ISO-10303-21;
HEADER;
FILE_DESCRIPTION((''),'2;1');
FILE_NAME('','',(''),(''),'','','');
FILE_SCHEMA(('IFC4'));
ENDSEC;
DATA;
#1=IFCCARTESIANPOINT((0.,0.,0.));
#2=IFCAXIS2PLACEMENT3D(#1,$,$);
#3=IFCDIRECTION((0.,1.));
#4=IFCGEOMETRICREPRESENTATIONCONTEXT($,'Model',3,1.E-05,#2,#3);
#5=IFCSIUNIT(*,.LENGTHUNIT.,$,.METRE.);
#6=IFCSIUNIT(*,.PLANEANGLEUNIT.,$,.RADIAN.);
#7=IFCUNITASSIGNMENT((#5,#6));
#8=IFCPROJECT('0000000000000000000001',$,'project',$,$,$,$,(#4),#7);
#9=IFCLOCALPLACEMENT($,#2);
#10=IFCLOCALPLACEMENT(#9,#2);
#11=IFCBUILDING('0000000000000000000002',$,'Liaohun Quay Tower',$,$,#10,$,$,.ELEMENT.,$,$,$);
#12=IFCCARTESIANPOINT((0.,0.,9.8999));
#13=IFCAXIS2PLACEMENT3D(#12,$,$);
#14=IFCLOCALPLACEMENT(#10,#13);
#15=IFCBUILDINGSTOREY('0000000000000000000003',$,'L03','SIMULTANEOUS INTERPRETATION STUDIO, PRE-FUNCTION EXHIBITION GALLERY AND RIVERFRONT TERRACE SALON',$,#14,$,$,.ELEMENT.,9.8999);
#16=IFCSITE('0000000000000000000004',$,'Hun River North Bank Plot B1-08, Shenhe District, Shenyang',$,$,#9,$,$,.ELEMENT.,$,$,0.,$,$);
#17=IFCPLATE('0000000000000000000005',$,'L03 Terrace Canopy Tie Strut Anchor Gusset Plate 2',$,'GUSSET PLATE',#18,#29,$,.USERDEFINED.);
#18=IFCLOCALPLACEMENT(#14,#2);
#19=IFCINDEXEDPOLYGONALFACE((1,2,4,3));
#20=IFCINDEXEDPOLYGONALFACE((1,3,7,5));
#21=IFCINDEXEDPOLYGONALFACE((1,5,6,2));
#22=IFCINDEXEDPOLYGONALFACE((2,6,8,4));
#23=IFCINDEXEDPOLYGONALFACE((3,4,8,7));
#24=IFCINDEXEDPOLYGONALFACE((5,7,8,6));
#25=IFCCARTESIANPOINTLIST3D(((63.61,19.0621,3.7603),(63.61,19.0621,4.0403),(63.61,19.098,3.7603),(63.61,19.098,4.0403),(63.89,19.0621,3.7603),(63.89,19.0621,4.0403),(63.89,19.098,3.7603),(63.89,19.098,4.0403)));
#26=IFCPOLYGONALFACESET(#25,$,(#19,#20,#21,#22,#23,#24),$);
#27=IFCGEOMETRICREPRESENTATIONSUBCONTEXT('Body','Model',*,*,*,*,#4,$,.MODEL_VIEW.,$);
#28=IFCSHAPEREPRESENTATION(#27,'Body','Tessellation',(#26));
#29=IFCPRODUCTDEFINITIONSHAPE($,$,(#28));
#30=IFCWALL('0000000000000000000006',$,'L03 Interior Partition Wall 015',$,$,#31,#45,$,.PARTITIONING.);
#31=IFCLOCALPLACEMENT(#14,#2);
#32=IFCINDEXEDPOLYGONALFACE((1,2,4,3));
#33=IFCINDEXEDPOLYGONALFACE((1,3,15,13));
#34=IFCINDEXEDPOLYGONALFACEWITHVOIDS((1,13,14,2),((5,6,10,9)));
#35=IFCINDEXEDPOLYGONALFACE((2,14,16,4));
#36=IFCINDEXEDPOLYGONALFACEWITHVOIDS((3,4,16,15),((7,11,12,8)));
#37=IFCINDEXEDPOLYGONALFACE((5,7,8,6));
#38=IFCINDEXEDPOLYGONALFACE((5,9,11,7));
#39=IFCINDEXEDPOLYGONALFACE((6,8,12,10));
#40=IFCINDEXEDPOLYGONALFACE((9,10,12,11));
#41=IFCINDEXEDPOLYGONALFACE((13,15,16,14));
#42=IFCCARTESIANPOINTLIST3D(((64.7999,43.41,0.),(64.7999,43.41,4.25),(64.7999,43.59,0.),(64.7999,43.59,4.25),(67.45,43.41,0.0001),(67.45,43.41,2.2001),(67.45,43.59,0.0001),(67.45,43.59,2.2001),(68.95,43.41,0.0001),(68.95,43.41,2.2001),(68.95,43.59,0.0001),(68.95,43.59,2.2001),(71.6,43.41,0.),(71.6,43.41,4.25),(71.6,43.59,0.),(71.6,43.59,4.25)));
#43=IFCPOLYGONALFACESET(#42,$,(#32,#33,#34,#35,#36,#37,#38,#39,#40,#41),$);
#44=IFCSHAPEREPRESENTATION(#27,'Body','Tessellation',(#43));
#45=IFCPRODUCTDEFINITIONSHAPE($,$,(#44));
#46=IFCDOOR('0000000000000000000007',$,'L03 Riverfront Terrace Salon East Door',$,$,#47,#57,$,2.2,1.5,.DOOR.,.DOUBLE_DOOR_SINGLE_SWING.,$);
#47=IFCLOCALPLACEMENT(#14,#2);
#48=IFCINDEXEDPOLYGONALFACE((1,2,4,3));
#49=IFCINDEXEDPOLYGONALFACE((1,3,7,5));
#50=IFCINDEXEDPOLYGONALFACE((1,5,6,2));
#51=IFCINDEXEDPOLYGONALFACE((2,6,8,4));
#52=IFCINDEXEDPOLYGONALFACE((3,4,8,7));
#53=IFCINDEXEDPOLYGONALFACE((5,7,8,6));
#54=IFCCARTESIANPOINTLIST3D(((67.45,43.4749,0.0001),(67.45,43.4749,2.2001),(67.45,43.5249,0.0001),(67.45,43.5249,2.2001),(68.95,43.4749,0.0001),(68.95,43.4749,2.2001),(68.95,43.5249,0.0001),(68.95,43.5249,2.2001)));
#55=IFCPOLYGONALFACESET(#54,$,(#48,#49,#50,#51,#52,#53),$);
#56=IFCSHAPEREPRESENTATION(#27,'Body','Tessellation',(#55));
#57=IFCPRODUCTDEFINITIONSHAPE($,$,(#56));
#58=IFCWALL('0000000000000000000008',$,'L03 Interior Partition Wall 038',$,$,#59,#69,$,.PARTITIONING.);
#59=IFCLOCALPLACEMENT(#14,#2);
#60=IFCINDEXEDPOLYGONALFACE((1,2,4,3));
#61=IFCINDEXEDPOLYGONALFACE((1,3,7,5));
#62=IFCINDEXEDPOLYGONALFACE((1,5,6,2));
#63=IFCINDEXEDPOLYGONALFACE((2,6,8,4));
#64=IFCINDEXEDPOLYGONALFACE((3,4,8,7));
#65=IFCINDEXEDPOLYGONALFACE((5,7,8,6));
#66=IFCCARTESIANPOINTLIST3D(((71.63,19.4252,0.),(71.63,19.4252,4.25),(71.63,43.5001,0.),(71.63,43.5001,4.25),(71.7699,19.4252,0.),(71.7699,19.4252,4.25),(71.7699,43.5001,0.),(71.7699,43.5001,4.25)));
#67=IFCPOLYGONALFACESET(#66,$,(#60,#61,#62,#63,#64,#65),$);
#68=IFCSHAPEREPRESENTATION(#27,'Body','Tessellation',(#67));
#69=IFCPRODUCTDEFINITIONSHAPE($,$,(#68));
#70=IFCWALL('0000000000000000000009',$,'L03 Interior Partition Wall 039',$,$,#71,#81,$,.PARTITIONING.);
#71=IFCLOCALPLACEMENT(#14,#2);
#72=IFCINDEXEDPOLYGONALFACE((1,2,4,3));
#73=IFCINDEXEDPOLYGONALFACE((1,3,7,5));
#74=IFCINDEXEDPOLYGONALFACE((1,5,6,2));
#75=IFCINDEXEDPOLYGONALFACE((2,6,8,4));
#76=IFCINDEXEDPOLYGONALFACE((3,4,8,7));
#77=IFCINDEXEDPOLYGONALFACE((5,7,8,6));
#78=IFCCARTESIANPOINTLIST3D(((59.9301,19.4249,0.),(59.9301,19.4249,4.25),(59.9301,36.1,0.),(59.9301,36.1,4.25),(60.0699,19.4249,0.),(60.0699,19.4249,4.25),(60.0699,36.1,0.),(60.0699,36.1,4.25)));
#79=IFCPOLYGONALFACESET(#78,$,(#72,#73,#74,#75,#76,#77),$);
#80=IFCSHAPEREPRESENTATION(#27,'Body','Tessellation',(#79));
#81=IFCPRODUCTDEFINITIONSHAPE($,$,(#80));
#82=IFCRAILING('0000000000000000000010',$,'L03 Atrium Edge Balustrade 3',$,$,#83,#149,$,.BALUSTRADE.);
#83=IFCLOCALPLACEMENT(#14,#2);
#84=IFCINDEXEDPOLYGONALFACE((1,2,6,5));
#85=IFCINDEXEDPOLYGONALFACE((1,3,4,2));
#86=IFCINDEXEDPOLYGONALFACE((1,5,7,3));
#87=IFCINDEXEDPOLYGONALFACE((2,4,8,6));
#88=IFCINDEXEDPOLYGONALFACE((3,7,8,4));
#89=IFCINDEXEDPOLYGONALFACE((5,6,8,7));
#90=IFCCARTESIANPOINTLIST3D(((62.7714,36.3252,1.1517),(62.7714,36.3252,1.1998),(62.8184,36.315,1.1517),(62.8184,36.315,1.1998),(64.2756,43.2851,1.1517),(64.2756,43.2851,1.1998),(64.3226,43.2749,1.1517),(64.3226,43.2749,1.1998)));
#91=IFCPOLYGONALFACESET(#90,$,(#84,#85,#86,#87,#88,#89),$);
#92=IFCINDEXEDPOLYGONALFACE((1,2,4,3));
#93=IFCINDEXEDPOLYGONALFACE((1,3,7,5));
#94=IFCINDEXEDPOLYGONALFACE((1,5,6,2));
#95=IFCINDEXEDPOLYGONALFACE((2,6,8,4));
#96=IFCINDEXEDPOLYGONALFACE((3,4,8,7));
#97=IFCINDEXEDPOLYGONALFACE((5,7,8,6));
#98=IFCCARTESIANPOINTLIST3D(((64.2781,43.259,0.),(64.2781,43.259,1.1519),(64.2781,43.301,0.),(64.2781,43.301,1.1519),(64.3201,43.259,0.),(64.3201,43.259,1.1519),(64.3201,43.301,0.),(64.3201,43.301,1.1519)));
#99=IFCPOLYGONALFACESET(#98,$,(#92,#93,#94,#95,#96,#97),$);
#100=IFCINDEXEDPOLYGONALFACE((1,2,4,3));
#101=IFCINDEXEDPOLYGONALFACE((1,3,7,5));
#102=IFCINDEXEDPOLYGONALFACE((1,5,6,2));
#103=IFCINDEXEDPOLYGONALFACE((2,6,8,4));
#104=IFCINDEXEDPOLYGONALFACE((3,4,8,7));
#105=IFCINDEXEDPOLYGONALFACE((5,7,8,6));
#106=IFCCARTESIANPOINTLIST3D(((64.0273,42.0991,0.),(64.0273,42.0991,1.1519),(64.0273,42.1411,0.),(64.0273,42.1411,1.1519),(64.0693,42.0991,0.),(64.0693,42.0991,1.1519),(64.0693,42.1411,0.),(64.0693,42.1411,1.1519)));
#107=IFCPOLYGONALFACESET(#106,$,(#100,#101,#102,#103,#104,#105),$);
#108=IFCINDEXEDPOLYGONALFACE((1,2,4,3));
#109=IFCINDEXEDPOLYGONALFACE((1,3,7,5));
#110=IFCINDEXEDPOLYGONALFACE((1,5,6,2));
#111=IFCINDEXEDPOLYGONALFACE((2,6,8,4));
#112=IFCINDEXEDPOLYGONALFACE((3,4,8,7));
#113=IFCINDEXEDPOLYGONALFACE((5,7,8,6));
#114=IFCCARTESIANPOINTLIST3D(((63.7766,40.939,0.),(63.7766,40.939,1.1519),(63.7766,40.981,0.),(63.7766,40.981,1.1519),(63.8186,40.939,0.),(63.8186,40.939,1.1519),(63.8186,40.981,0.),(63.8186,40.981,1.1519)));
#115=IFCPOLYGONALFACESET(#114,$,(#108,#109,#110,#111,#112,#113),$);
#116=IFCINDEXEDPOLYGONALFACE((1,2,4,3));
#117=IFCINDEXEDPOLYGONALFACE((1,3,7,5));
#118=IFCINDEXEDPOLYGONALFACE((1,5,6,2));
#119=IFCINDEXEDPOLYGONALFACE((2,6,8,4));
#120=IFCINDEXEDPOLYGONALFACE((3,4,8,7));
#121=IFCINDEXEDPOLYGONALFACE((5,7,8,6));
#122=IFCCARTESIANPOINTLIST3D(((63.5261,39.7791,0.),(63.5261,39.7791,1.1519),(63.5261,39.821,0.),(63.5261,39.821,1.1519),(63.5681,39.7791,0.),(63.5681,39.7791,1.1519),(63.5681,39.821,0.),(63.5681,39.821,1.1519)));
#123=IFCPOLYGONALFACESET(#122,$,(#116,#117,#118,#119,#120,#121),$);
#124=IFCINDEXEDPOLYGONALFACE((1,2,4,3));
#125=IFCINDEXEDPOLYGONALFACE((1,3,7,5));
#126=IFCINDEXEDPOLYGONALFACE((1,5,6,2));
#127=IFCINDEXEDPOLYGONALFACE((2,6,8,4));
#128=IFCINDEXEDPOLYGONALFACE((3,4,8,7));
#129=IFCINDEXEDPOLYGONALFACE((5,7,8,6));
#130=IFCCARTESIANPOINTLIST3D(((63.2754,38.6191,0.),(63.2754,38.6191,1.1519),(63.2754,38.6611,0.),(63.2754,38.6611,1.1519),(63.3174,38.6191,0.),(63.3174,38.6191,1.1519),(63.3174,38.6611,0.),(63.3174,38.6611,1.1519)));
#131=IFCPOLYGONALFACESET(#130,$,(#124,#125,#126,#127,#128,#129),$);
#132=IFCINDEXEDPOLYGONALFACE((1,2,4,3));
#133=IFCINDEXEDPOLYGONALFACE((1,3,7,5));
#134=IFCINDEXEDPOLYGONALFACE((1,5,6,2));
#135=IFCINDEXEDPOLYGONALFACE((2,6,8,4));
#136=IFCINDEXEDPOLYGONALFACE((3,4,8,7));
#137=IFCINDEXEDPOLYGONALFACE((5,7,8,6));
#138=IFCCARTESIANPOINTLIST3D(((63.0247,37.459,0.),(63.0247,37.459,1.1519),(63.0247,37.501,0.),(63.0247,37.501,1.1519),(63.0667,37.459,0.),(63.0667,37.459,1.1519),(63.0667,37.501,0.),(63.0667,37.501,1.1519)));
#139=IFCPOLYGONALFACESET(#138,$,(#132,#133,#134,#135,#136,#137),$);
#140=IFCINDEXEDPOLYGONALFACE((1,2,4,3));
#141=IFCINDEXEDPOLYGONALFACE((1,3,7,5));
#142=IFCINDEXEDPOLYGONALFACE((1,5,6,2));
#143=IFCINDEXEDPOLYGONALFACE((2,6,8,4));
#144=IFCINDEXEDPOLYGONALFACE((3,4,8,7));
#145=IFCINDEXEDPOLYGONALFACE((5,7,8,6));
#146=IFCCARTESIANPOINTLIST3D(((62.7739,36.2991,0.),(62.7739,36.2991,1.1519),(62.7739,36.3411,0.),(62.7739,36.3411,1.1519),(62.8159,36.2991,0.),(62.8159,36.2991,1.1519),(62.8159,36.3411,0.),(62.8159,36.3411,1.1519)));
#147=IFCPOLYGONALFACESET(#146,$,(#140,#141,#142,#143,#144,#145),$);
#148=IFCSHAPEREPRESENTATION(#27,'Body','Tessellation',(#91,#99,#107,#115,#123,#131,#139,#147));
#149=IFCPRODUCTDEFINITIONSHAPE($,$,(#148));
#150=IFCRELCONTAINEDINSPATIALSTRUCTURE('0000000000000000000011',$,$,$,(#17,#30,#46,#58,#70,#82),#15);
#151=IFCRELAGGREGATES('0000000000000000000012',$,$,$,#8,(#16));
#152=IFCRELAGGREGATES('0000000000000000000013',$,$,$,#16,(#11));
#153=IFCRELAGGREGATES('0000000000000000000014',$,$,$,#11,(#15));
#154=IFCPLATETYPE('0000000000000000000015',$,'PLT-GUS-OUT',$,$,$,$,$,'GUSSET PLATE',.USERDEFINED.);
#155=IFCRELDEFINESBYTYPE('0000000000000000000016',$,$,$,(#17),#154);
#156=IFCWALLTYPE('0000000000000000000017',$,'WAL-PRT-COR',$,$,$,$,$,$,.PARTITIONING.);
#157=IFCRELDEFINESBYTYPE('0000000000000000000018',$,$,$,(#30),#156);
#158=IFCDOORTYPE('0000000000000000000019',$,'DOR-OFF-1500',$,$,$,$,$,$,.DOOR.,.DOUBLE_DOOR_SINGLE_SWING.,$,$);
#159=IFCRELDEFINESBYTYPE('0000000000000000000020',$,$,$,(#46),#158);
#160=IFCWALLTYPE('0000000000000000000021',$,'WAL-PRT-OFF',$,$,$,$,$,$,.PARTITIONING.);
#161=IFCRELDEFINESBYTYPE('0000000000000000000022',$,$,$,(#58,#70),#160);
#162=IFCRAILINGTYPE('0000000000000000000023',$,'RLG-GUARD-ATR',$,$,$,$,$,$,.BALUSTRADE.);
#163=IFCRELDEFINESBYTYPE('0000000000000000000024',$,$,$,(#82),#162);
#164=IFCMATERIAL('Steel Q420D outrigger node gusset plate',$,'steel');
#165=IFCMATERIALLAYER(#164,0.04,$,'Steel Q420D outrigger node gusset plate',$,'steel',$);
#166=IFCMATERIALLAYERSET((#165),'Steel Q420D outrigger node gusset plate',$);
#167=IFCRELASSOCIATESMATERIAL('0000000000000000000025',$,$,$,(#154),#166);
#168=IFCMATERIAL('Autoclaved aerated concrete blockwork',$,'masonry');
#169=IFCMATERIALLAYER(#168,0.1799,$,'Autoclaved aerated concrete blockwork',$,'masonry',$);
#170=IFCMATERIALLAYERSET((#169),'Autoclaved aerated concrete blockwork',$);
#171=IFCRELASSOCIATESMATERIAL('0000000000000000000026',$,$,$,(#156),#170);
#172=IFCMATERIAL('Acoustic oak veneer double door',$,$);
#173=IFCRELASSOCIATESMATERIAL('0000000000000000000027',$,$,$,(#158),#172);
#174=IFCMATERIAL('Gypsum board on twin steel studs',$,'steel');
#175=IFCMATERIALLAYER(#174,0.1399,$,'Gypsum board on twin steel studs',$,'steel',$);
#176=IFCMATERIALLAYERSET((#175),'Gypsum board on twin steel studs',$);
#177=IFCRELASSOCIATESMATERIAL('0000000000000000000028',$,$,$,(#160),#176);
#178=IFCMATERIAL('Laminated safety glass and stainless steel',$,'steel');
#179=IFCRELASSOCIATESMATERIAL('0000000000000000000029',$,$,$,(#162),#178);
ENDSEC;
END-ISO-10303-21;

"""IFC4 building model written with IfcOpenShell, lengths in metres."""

from ifc_helpers import new_model, si_unit, direction, frame, frame_2d, origin, origin_2d, place, context, subcontext, project, spatial, rectangle, extrude, source, transform, mapped, material, layer, layer_set, type_object, element, fill, save


model = new_model("IFC4")

# Units and contexts
model_context = context("Model", 3, precision=1e-05, world=origin(), true_north=direction((0.0, 1.0)))
body_context = subcontext(model_context, "Body", "Model", "MODEL_VIEW")
ifc_project = project(units=[si_unit("LENGTHUNIT", "METRE"), si_unit("PLANEANGLEUNIT", "RADIAN")], contexts=[model_context])

# Site, building, storey
site_placement = place(None, origin())
site = spatial("IfcSite", under=ifc_project, at=site_placement, Name="Hun River North Bank Plot B1-08, Shenhe District, Shenyang", CompositionType="ELEMENT", RefElevation=0.0)
building_placement = place(site_placement, origin())
building = spatial("IfcBuilding", under=site, at=building_placement, Name="Liaohun Quay Tower", CompositionType="ELEMENT")
storey_placement = place(building_placement, frame((0.0, 0.0, 9.8999)))
storey = spatial("IfcBuildingStorey", under=building, at=storey_placement, Name="L03", Description="SIMULTANEOUS INTERPRETATION STUDIO, PRE-FUNCTION EXHIBITION GALLERY AND RIVERFRONT TERRACE SALON", CompositionType="ELEMENT", Elevation=9.8999)

# Plate
ifc_material_1 = material(Name="Steel Q420D outrigger node gusset plate", Category="steel")
ifc_layer_1 = layer(ifc_material_1, 0.04, Name="Steel Q420D outrigger node gusset plate", Category="steel")
ifc_layer_set_1 = layer_set([ifc_layer_1], Name="Steel Q420D outrigger node gusset plate")
plate_type = type_object("IfcPlateType", Name="PLT-GUS-OUT", ElementType="GUSSET PLATE", PredefinedType="USERDEFINED", material=ifc_layer_set_1)
shared_shape_1 = source(origin(), body_context, "Body", "SweptSolid", [
    extrude(rectangle(XDim=0.28, YDim=0.0359, at=origin_2d()), origin(), (0.0, 0.0, 1.0), 0.28),
])
plate_placement = place(storey_placement, frame((63.75, 19.0801, 3.7603), z_axis=(0.0, 0.0, 1.0), x_axis=(1.0, 0.0, 0.0)))
element("IfcPlate", 1, at=plate_placement, inside=storey, type_object=plate_type, Name="L03 Terrace Canopy Tie Strut Anchor Gusset Plate 2", ObjectType="GUSSET PLATE", PredefinedType="USERDEFINED", context=body_context, shape_type="MappedRepresentation", body=[
    mapped(shared_shape_1, transform((0.0, 0.0, 0.0), x_axis=(1.0, 0.0, 0.0), y_axis=(0.0, 1.0, 0.0), z_axis=(0.0, 0.0, 1.0), scale=1.0)),
])

# Wall, opening, door
ifc_material_2 = material(Name="Autoclaved aerated concrete blockwork", Category="masonry")
ifc_layer_2 = layer(ifc_material_2, 0.1799, Name="Autoclaved aerated concrete blockwork", Category="masonry")
ifc_layer_set_2 = layer_set([ifc_layer_2], Name="Autoclaved aerated concrete blockwork")
wall_type_1 = type_object("IfcWallType", Name="WAL-PRT-COR", PredefinedType="PARTITIONING", material=ifc_layer_set_2)
wall_1_placement = place(storey_placement, frame((64.8, 43.5, 0.0), z_axis=(0.0, 0.0, 1.0), x_axis=(1.0, 0.0, 0.0)))
wall_1 = element("IfcWall", 2, at=wall_1_placement, inside=storey, type_object=wall_type_1, Name="L03 Interior Partition Wall 015", PredefinedType="PARTITIONING", context=body_context, shape_type="SweptSolid", body=[
    extrude(rectangle(XDim=6.8, YDim=0.1799, at=frame_2d((3.3999, 0.0))), origin(), (0.0, 0.0, 1.0), 4.25),
])
shared_shape_2 = source(origin(), body_context, "Body", "SweptSolid", [
    extrude(rectangle(XDim=1.5, YDim=2.2, at=frame_2d((0.75, 1.1001))), frame((0.0, 0.0999, 0.0), z_axis=(0.0, -1.0, 0.0), x_axis=(1.0, 0.0, 0.0)), (0.0, 0.0, 1.0), 0.2),
])
opening_placement = place(wall_1_placement, frame((2.6499, 0.0, 0.0)))
opening = element("IfcOpeningElement", 3, at=opening_placement, cuts=wall_1, PredefinedType="OPENING", context=body_context, shape_type="MappedRepresentation", body=[
    mapped(shared_shape_2, transform((0.0, 0.0, 0.0), x_axis=(1.0, 0.0, 0.0), y_axis=(0.0, 1.0, 0.0), z_axis=(0.0, 0.0, 1.0), scale=1.0)),
])
ifc_material_3 = material(Name="Acoustic oak veneer double door")
door_type = type_object("IfcDoorType", Name="DOR-OFF-1500", OperationType="DOUBLE_DOOR_SINGLE_SWING", PredefinedType="DOOR", material=ifc_material_3)
shared_shape_3 = source(origin(), body_context, "Body", "SweptSolid", [
    extrude(rectangle(XDim=1.5, YDim=2.2, at=frame_2d((0.75, 1.1001))), frame((0.0, 0.0249, 0.0), z_axis=(0.0, -1.0, 0.0), x_axis=(1.0, 0.0, 0.0)), (0.0, 0.0, 1.0), 0.05),
])
door_placement = place(opening_placement, origin())
door = element("IfcDoor", 4, at=door_placement, inside=storey, type_object=door_type, Name="L03 Riverfront Terrace Salon East Door", OperationType="DOUBLE_DOOR_SINGLE_SWING", OverallHeight=2.2, OverallWidth=1.5, PredefinedType="DOOR", context=body_context, shape_type="MappedRepresentation", body=[
    mapped(shared_shape_3, transform((0.0, 0.0, 0.0), x_axis=(1.0, 0.0, 0.0), y_axis=(0.0, 1.0, 0.0), z_axis=(0.0, 0.0, 1.0), scale=1.0)),
])
fill(opening, door)

# Walls
ifc_material_4 = material(Name="Gypsum board on twin steel studs", Category="steel")
ifc_layer_3 = layer(ifc_material_4, 0.1399, Name="Gypsum board on twin steel studs", Category="steel")
ifc_layer_set_3 = layer_set([ifc_layer_3], Name="Gypsum board on twin steel studs")
wall_type_2 = type_object("IfcWallType", Name="WAL-PRT-OFF", PredefinedType="PARTITIONING", material=ifc_layer_set_3)
wall_2_placement = place(storey_placement, frame((71.7, 19.425, 0.0), z_axis=(0.0, 0.0, 1.0), x_axis=(0.0, 1.0, 0.0)))
element("IfcWall", 5, at=wall_2_placement, inside=storey, type_object=wall_type_2, Name="L03 Interior Partition Wall 038", PredefinedType="PARTITIONING", context=body_context, shape_type="SweptSolid", body=[
    extrude(rectangle(XDim=24.075, YDim=0.1399, at=frame_2d((12.0376, 0.0))), origin(), (0.0, 0.0, 1.0), 4.25),
])
wall_3_placement = place(storey_placement, frame((60.0, 19.425, 0.0), z_axis=(0.0, 0.0, 1.0), x_axis=(0.0, 1.0, 0.0)))
element("IfcWall", 6, at=wall_3_placement, inside=storey, type_object=wall_type_2, Name="L03 Interior Partition Wall 039", PredefinedType="PARTITIONING", context=body_context, shape_type="SweptSolid", body=[
    extrude(rectangle(XDim=16.675, YDim=0.1399, at=frame_2d((8.3374, 0.0))), origin(), (0.0, 0.0, 1.0), 4.25),
])

# Railing
ifc_material_5 = material(Name="Laminated safety glass and stainless steel", Category="steel")
railing_type = type_object("IfcRailingType", Name="RLG-GUARD-ATR", PredefinedType="BALUSTRADE", material=ifc_material_5)
railing_1_placement = place(storey_placement, frame((64.2991, 43.28, 0.0)))
element("IfcRailing", 7, at=railing_1_placement, inside=storey, type_object=railing_type, Name="L03 Atrium Edge Balustrade 3", PredefinedType="BALUSTRADE", context=body_context, shape_type="SweptSolid", body=[
    extrude(rectangle(XDim=0.0481, YDim=0.0481, at=origin_2d()), frame((0.0, 0.0, 1.1758), z_axis=(-0.211238, -0.977435, 0.0), x_axis=(0.977435, -0.211238, 0.0)), (0.0, 0.0, 1.0), 7.1206),
    extrude(rectangle(XDim=0.042, YDim=0.042, at=origin_2d()), origin(), (0.0, 0.0, 1.0), 1.1519),
    extrude(rectangle(XDim=0.042, YDim=0.042, at=origin_2d()), frame((-0.2507, -1.1599, 0.0)), (0.0, 0.0, 1.0), 1.1519),
    extrude(rectangle(XDim=0.042, YDim=0.042, at=origin_2d()), frame((-0.5015, -2.3201, 0.0)), (0.0, 0.0, 1.0), 1.1519),
    extrude(rectangle(XDim=0.042, YDim=0.042, at=origin_2d()), frame((-0.752, -3.48, 0.0)), (0.0, 0.0, 1.0), 1.1519),
    extrude(rectangle(XDim=0.042, YDim=0.042, at=origin_2d()), frame((-1.0027, -4.6399, 0.0)), (0.0, 0.0, 1.0), 1.1519),
    extrude(rectangle(XDim=0.042, YDim=0.042, at=origin_2d()), frame((-1.2534, -5.8, 0.0)), (0.0, 0.0, 1.0), 1.1519),
    extrude(rectangle(XDim=0.042, YDim=0.042, at=origin_2d()), frame((-1.5042, -6.96, 0.0)), (0.0, 0.0, 1.0), 1.1519),
])

save(model, "model.ifc")
